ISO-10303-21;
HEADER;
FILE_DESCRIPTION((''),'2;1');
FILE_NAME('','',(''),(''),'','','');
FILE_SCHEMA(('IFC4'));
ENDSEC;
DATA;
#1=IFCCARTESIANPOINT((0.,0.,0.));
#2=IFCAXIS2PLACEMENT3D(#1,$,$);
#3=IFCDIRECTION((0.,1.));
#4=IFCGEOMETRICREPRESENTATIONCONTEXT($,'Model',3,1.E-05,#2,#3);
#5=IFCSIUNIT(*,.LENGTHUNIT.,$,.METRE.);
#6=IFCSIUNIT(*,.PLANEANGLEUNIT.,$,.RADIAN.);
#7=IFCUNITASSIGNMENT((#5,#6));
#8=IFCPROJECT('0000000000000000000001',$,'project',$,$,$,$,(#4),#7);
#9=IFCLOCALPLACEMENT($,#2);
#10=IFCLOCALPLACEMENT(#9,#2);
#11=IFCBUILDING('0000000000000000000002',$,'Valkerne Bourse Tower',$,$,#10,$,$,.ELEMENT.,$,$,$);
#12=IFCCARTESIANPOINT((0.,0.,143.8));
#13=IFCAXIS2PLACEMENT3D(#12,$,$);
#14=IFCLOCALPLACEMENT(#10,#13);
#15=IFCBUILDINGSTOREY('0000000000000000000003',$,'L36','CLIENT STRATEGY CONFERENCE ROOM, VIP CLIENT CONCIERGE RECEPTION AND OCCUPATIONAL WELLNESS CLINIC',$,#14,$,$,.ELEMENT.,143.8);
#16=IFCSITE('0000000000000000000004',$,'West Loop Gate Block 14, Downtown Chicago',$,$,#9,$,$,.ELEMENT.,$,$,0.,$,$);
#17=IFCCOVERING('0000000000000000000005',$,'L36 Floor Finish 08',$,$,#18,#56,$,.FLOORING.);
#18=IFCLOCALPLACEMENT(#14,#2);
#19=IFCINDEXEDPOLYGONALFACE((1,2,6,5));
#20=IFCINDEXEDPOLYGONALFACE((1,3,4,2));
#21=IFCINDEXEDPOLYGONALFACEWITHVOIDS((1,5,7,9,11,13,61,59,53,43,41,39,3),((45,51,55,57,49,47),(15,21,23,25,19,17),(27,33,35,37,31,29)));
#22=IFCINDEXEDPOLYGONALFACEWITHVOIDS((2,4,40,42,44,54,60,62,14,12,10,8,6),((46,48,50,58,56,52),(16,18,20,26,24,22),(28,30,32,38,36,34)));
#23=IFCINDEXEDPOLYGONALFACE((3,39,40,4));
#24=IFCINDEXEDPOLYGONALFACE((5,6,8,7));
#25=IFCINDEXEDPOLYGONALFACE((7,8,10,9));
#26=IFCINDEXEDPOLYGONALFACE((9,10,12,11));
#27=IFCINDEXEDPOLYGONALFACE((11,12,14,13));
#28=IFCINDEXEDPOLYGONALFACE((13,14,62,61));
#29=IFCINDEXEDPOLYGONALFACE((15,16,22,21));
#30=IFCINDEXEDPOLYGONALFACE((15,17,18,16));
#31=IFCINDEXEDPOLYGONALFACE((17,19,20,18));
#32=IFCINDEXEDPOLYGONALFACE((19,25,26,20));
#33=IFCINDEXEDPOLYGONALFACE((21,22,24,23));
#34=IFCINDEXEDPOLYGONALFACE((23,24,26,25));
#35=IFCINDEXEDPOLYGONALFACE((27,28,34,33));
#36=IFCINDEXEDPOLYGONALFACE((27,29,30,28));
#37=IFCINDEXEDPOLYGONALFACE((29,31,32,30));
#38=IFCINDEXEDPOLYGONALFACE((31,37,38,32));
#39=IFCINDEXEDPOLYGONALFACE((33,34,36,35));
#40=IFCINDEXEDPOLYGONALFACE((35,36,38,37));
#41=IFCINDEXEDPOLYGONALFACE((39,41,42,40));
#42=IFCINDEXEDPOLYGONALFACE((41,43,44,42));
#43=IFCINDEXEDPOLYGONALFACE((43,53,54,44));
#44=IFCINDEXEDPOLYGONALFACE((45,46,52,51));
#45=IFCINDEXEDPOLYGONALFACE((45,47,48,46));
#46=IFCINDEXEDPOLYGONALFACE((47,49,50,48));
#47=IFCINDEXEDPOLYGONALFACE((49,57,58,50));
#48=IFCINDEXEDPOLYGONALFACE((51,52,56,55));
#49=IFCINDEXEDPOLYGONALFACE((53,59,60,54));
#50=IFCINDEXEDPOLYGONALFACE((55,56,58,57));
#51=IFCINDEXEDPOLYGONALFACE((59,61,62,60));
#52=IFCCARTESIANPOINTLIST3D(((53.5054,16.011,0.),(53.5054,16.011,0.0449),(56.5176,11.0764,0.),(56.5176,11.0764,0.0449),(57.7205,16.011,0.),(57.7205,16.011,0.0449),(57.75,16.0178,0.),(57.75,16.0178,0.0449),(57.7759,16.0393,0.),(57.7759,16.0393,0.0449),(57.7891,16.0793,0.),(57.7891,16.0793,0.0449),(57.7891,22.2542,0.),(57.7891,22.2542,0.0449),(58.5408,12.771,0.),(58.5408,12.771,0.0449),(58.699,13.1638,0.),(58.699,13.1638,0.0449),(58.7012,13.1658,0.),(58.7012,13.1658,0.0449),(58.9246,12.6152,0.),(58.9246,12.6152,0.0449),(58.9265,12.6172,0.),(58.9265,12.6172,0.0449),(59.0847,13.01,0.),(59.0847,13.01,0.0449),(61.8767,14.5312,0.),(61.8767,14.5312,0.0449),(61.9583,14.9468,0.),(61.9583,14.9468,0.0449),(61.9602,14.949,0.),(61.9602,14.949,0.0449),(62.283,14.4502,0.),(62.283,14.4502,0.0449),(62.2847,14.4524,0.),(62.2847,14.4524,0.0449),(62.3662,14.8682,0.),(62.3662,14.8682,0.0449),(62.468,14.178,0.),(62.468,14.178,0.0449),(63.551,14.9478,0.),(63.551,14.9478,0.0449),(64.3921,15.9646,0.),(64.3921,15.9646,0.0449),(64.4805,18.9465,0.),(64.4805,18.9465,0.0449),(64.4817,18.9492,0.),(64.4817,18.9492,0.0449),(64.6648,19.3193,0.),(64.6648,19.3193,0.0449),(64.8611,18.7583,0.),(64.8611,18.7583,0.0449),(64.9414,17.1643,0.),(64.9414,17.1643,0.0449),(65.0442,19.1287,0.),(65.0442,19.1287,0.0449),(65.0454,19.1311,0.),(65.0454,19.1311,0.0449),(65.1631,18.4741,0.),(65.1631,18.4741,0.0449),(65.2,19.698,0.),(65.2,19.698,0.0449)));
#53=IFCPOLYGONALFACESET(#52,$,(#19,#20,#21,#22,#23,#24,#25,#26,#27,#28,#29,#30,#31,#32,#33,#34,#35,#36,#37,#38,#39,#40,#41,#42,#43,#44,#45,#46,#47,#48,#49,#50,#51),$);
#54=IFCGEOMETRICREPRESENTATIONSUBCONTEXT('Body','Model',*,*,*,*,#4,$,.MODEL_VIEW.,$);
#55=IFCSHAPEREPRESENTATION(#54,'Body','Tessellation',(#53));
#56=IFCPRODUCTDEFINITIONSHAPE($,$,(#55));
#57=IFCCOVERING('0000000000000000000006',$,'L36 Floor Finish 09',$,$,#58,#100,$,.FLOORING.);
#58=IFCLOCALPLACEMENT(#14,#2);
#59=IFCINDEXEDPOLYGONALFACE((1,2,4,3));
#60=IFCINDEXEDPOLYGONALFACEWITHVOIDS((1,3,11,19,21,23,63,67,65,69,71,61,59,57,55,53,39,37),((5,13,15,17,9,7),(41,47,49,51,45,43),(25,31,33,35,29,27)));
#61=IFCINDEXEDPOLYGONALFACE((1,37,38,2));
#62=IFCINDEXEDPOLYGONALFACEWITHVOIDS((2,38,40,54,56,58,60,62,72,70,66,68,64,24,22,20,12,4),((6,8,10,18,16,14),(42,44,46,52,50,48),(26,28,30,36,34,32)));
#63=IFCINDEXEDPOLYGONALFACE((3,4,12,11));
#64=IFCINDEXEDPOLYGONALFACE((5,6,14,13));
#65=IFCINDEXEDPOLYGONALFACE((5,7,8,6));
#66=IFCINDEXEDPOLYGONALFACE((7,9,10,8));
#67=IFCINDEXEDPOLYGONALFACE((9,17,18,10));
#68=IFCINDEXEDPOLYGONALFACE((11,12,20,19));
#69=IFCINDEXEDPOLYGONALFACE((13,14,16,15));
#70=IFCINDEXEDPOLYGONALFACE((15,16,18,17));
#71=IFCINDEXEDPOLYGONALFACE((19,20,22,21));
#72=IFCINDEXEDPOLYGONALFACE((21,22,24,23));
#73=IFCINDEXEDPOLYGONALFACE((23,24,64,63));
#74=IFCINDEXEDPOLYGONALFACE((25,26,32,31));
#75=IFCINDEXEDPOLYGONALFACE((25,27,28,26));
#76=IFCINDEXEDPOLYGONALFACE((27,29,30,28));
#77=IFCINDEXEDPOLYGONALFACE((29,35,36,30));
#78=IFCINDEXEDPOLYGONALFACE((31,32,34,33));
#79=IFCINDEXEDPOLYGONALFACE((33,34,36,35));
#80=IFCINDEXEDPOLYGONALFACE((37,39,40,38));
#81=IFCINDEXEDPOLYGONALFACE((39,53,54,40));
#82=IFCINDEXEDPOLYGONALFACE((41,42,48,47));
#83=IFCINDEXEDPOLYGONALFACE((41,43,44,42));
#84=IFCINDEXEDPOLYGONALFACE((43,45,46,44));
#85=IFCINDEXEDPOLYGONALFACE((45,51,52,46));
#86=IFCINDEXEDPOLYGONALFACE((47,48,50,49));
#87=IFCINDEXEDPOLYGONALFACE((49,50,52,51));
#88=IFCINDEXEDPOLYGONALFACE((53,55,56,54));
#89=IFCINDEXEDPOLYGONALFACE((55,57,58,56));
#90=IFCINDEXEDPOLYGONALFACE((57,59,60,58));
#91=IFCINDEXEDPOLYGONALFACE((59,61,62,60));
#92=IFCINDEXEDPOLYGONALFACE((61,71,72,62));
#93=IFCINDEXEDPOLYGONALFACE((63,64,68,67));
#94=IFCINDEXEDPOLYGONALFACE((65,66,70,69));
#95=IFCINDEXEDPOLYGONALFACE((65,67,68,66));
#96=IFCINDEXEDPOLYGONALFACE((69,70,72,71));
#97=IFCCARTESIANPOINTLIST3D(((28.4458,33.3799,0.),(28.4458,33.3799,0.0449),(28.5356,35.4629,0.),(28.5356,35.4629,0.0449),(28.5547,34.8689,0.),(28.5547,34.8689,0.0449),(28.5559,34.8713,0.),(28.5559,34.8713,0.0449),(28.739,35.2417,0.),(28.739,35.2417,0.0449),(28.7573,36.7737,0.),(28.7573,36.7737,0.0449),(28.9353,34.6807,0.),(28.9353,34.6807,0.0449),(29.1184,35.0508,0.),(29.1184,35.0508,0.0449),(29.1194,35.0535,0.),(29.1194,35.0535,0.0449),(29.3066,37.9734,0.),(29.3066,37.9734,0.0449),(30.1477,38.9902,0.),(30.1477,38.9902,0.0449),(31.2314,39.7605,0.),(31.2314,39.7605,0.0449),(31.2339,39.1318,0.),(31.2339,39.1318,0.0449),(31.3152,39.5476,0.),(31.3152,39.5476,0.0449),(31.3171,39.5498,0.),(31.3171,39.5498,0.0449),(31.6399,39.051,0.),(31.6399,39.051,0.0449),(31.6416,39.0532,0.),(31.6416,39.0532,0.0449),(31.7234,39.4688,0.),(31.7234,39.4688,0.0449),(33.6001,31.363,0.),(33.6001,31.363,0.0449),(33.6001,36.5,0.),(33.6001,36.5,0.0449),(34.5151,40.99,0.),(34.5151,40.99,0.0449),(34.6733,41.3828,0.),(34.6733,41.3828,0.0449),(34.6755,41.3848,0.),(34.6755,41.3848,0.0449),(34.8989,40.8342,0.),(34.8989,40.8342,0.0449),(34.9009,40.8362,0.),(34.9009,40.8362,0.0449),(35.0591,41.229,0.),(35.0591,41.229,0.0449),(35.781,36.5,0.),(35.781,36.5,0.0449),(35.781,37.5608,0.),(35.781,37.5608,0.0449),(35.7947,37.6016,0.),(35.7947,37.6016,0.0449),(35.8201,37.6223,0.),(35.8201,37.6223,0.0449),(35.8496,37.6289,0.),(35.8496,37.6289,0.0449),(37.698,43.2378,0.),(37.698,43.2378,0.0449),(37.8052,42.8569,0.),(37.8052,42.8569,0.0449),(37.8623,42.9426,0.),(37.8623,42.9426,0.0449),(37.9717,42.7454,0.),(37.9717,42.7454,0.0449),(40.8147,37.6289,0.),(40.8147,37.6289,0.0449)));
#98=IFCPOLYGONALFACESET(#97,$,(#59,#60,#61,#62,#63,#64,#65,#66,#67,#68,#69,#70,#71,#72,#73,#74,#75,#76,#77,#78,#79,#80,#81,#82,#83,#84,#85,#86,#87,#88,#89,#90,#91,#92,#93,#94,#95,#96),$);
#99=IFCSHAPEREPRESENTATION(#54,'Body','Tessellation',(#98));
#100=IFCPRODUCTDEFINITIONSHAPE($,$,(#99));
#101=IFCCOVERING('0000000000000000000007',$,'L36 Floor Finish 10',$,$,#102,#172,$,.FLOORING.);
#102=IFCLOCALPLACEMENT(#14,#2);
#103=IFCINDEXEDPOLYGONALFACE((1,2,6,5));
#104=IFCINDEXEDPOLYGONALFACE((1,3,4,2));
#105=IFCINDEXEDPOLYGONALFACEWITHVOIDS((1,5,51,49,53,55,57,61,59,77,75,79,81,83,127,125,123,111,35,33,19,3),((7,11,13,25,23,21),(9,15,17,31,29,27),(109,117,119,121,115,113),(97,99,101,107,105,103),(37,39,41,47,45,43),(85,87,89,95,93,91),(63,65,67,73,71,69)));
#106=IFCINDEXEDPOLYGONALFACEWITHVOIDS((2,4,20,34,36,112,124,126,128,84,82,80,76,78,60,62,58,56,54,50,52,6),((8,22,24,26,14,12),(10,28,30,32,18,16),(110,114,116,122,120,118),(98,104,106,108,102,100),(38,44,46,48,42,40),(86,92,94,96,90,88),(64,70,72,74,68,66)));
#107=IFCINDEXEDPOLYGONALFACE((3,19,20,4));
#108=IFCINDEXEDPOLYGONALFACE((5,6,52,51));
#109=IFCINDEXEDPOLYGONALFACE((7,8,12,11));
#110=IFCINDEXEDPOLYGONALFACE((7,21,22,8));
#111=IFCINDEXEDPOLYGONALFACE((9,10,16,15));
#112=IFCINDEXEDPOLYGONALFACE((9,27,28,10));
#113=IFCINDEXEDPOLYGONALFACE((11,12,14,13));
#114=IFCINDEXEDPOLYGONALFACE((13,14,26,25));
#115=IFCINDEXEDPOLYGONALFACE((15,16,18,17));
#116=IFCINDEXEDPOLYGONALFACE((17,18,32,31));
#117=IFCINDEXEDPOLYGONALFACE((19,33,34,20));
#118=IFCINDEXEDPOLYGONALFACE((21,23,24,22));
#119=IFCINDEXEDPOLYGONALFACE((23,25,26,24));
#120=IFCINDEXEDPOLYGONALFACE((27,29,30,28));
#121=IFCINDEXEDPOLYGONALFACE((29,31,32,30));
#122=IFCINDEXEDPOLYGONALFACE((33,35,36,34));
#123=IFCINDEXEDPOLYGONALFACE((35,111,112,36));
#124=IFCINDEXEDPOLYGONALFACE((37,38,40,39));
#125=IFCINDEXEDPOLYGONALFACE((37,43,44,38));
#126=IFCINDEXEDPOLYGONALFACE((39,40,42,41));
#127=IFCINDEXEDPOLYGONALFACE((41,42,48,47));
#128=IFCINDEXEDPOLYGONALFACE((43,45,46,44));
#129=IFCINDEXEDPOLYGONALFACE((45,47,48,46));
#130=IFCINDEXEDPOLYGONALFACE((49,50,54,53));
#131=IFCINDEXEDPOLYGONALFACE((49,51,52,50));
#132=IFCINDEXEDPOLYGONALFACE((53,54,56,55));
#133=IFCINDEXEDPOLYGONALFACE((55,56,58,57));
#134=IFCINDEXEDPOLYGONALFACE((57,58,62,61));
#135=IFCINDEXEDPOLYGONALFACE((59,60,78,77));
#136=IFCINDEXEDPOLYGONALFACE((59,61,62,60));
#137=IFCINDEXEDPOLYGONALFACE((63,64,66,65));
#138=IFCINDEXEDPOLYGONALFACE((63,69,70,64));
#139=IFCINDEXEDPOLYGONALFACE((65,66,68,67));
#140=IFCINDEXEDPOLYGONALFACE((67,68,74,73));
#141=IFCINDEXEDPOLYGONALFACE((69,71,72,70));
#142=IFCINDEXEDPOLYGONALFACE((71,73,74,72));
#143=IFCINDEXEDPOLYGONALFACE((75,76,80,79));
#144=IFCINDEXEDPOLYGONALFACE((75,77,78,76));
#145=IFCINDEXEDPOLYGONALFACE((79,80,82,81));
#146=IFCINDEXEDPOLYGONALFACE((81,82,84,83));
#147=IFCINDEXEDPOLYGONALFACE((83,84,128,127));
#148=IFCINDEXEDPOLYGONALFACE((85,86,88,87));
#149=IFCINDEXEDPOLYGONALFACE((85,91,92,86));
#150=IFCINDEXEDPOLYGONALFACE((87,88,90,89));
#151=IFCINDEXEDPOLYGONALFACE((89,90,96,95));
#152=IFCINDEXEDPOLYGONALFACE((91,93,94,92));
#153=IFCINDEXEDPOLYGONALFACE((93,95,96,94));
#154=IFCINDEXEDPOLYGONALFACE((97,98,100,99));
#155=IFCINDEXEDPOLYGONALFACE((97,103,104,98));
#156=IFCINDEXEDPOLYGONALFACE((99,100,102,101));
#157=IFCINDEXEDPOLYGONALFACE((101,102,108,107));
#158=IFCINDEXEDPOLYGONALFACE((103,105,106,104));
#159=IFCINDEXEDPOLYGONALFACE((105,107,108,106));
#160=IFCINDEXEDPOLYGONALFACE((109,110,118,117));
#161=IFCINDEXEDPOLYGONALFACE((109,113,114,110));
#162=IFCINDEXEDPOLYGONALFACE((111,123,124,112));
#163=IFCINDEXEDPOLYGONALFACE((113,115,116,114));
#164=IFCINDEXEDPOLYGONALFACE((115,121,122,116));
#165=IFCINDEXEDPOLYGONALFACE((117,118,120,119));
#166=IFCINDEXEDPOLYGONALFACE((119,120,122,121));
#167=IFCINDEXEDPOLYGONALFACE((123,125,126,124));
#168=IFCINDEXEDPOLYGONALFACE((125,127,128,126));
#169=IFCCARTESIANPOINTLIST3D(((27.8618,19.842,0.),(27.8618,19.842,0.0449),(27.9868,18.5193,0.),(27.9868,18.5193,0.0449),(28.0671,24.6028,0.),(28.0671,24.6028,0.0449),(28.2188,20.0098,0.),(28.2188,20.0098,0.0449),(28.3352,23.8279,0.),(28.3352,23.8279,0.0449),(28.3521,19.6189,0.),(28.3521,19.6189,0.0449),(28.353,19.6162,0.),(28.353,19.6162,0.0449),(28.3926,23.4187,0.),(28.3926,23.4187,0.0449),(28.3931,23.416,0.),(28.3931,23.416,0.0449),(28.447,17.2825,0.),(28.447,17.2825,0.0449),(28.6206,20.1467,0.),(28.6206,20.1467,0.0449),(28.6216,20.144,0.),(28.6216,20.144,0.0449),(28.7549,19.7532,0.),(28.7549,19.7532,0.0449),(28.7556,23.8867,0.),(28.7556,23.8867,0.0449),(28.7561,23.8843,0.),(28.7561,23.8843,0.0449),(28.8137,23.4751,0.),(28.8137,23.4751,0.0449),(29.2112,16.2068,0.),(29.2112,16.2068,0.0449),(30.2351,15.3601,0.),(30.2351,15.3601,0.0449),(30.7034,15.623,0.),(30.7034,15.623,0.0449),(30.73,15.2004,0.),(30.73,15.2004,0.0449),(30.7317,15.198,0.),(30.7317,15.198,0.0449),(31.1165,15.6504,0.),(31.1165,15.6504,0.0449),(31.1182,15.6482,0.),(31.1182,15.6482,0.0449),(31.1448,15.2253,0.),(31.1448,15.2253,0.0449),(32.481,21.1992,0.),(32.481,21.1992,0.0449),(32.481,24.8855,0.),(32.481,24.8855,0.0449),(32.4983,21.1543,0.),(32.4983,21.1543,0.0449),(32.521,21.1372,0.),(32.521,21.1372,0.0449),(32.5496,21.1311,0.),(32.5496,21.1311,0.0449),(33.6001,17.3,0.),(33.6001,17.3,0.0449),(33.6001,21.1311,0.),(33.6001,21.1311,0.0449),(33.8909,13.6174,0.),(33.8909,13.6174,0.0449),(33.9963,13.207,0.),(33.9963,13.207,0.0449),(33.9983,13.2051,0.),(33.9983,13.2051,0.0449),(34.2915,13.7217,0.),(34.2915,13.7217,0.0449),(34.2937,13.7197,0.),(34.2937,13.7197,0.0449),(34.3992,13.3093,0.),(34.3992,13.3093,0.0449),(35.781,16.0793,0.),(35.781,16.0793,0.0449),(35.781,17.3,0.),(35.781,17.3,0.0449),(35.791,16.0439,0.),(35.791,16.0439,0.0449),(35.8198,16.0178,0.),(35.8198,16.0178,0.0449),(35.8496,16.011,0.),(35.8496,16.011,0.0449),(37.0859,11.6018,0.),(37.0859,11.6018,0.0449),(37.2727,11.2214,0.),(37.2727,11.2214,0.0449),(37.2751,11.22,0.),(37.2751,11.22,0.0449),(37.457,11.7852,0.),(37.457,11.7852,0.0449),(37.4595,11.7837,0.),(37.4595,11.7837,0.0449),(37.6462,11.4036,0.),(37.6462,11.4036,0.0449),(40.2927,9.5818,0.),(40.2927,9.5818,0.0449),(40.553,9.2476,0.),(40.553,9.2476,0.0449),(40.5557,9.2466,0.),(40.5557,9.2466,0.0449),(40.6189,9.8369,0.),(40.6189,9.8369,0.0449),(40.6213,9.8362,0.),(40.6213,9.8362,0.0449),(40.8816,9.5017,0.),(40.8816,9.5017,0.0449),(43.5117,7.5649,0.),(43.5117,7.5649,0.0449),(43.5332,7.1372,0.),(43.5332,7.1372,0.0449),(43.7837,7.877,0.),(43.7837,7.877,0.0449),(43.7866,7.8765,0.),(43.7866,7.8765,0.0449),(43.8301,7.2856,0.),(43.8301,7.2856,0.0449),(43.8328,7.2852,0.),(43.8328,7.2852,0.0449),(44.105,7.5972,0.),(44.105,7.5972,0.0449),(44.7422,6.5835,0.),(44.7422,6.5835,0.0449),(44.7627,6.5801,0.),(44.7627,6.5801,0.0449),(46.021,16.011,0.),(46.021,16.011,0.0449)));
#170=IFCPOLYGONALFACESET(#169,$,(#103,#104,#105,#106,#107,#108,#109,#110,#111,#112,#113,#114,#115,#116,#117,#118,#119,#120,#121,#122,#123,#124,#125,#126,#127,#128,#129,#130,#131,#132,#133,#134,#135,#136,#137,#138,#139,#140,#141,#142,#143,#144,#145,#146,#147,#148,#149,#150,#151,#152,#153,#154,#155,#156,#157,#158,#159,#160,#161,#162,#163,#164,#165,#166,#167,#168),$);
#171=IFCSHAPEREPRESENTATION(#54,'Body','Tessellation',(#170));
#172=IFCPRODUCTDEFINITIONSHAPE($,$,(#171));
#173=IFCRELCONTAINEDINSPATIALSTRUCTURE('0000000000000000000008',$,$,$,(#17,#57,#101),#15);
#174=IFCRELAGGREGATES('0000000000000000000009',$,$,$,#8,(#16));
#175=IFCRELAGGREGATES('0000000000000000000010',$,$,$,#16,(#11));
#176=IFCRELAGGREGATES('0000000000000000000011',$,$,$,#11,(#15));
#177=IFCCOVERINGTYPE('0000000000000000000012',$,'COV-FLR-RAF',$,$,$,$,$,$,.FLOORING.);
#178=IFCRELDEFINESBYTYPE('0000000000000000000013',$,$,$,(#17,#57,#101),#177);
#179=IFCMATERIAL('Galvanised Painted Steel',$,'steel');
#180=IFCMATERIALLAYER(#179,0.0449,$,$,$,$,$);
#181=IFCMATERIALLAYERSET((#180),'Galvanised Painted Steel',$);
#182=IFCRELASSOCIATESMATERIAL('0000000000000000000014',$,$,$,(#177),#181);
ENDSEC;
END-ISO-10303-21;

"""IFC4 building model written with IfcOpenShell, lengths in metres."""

from ifc_helpers import new_model, si_unit, direction, frame, origin, place, context, subcontext, project, spatial, polyline, outline, extrude, material, layer, layer_set, type_object, element, save


model = new_model("IFC4")

# Units and contexts
model_context = context("Model", 3, precision=1e-05, world=origin(), true_north=direction((0.0, 1.0)))
body_context = subcontext(model_context, "Body", "Model", "MODEL_VIEW")
ifc_project = project(units=[si_unit("LENGTHUNIT", "METRE"), si_unit("PLANEANGLEUNIT", "RADIAN")], contexts=[model_context])

# Site, building, storey
site_placement = place(None, origin())
site = spatial("IfcSite", under=ifc_project, at=site_placement, Name="West Loop Gate Block 14, Downtown Chicago", CompositionType="ELEMENT", RefElevation=0.0)
building_placement = place(site_placement, origin())
building = spatial("IfcBuilding", under=site, at=building_placement, Name="Valkerne Bourse Tower", CompositionType="ELEMENT")
storey_placement = place(building_placement, frame((0.0, 0.0, 143.8)))
storey = spatial("IfcBuildingStorey", under=building, at=storey_placement, Name="L36", Description="CLIENT STRATEGY CONFERENCE ROOM, VIP CLIENT CONCIERGE RECEPTION AND OCCUPATIONAL WELLNESS CLINIC", CompositionType="ELEMENT", Elevation=143.8)

# Coverings
ifc_material_1 = material(Name="Galvanised Painted Steel", Category="steel")
ifc_layer_1 = layer(ifc_material_1, 0.0449)
ifc_layer_set_1 = layer_set([ifc_layer_1], Name="Galvanised Painted Steel")
covering_type_1 = type_object("IfcCoveringType", Name="COV-FLR-RAF", PredefinedType="FLOORING", material=ifc_layer_set_1)
covering_1_placement = place(storey_placement, origin())
element("IfcCovering", 1, at=covering_1_placement, inside=storey, type_object=covering_type_1, Name="L36 Floor Finish 08", PredefinedType="FLOORING", context=body_context, shape_type="SweptSolid", body=[
    extrude(outline(polyline([(63.551, 14.9478), (62.468, 14.178), (56.5176, 11.0764), (53.5054, 16.011), (57.7205, 16.011), (57.75, 16.0178), (57.7759, 16.0393), (57.7891, 16.0793), (57.7891, 22.2542), (65.2, 19.698), (65.1631, 18.4741), (64.9414, 17.1643), (64.3921, 15.9646), (63.551, 14.9478)]), holes=[polyline([(58.9265, 12.6172), (59.0847, 13.01), (58.7012, 13.1658), (58.699, 13.1638), (58.5408, 12.771), (58.9246, 12.6152), (58.9265, 12.6172)]), polyline([(62.3662, 14.8682), (61.9602, 14.949), (61.9583, 14.9468), (61.8767, 14.5312), (62.283, 14.4502), (62.2847, 14.4524), (62.3662, 14.8682)]), polyline([(65.0454, 19.1311), (64.6648, 19.3193), (64.4817, 18.9492), (64.4805, 18.9465), (64.8611, 18.7583), (65.0442, 19.1287), (65.0454, 19.1311)])]), origin(), (0.0, 0.0, 1.0), 0.0449),
])
covering_2_placement = place(storey_placement, origin())
element("IfcCovering", 2, at=covering_2_placement, inside=storey, type_object=covering_type_1, Name="L36 Floor Finish 09", PredefinedType="FLOORING", context=body_context, shape_type="SweptSolid", body=[
    extrude(outline(polyline([(29.3066, 37.9734), (30.1477, 38.9902), (31.2314, 39.7605), (37.698, 43.2378), (37.8623, 42.9426), (37.8052, 42.8569), (37.9717, 42.7454), (40.8147, 37.6289), (35.8496, 37.6289), (35.8201, 37.6223), (35.7947, 37.6016), (35.781, 37.5608), (35.781, 36.5), (33.6001, 36.5), (33.6001, 31.363), (28.4458, 33.3799), (28.5356, 35.4629), (28.7573, 36.7737), (29.3066, 37.9734)]), holes=[polyline([(29.1194, 35.0535), (28.739, 35.2417), (28.5559, 34.8713), (28.5547, 34.8689), (28.9353, 34.6807), (29.1184, 35.0508), (29.1194, 35.0535)]), polyline([(31.7234, 39.4688), (31.3171, 39.5498), (31.3152, 39.5476), (31.2339, 39.1318), (31.6399, 39.051), (31.6416, 39.0532), (31.7234, 39.4688)]), polyline([(35.0591, 41.229), (34.6755, 41.3848), (34.6733, 41.3828), (34.5151, 40.99), (34.8989, 40.8342), (34.9009, 40.8362), (35.0591, 41.229)])]), origin(), (0.0, 0.0, 1.0), 0.0449),
])
covering_3_placement = place(storey_placement, origin())
element("IfcCovering", 3, at=covering_3_placement, inside=storey, type_object=covering_type_1, Name="L36 Floor Finish 10", PredefinedType="FLOORING", context=body_context, shape_type="SweptSolid", body=[
    extrude(outline(polyline([(30.2351, 15.3601), (29.2112, 16.2068), (28.447, 17.2825), (27.9868, 18.5193), (27.8618, 19.842), (28.0671, 24.6028), (32.481, 24.8855), (32.481, 21.1992), (32.4983, 21.1543), (32.521, 21.1372), (32.5496, 21.1311), (33.6001, 21.1311), (33.6001, 17.3), (35.781, 17.3), (35.781, 16.0793), (35.791, 16.0439), (35.8198, 16.0178), (35.8496, 16.011), (46.021, 16.011), (44.7627, 6.5801), (44.7422, 6.5835), (43.5332, 7.1372), (30.2351, 15.3601)]), holes=[polyline([(37.4595, 11.7837), (37.457, 11.7852), (37.0859, 11.6018), (37.2727, 11.2214), (37.2751, 11.22), (37.6462, 11.4036), (37.4595, 11.7837)]), polyline([(34.2937, 13.7197), (34.2915, 13.7217), (33.8909, 13.6174), (33.9963, 13.207), (33.9983, 13.2051), (34.3992, 13.3093), (34.2937, 13.7197)]), polyline([(31.1448, 15.2253), (31.1182, 15.6482), (31.1165, 15.6504), (30.7034, 15.623), (30.73, 15.2004), (30.7317, 15.198), (31.1448, 15.2253)]), polyline([(28.7549, 19.7532), (28.6216, 20.144), (28.6206, 20.1467), (28.2188, 20.0098), (28.3521, 19.6189), (28.353, 19.6162), (28.7549, 19.7532)]), polyline([(28.7561, 23.8843), (28.7556, 23.8867), (28.3352, 23.8279), (28.3926, 23.4187), (28.3931, 23.416), (28.8137, 23.4751), (28.7561, 23.8843)]), polyline([(43.7866, 7.8765), (43.7837, 7.877), (43.5117, 7.5649), (43.8301, 7.2856), (43.8328, 7.2852), (44.105, 7.5972), (43.7866, 7.8765)]), polyline([(40.6213, 9.8362), (40.6189, 9.8369), (40.2927, 9.5818), (40.553, 9.2476), (40.5557, 9.2466), (40.8816, 9.5017), (40.6213, 9.8362)])]), origin(), (0.0, 0.0, 1.0), 0.0449),
])

save(model, "model.ifc")
